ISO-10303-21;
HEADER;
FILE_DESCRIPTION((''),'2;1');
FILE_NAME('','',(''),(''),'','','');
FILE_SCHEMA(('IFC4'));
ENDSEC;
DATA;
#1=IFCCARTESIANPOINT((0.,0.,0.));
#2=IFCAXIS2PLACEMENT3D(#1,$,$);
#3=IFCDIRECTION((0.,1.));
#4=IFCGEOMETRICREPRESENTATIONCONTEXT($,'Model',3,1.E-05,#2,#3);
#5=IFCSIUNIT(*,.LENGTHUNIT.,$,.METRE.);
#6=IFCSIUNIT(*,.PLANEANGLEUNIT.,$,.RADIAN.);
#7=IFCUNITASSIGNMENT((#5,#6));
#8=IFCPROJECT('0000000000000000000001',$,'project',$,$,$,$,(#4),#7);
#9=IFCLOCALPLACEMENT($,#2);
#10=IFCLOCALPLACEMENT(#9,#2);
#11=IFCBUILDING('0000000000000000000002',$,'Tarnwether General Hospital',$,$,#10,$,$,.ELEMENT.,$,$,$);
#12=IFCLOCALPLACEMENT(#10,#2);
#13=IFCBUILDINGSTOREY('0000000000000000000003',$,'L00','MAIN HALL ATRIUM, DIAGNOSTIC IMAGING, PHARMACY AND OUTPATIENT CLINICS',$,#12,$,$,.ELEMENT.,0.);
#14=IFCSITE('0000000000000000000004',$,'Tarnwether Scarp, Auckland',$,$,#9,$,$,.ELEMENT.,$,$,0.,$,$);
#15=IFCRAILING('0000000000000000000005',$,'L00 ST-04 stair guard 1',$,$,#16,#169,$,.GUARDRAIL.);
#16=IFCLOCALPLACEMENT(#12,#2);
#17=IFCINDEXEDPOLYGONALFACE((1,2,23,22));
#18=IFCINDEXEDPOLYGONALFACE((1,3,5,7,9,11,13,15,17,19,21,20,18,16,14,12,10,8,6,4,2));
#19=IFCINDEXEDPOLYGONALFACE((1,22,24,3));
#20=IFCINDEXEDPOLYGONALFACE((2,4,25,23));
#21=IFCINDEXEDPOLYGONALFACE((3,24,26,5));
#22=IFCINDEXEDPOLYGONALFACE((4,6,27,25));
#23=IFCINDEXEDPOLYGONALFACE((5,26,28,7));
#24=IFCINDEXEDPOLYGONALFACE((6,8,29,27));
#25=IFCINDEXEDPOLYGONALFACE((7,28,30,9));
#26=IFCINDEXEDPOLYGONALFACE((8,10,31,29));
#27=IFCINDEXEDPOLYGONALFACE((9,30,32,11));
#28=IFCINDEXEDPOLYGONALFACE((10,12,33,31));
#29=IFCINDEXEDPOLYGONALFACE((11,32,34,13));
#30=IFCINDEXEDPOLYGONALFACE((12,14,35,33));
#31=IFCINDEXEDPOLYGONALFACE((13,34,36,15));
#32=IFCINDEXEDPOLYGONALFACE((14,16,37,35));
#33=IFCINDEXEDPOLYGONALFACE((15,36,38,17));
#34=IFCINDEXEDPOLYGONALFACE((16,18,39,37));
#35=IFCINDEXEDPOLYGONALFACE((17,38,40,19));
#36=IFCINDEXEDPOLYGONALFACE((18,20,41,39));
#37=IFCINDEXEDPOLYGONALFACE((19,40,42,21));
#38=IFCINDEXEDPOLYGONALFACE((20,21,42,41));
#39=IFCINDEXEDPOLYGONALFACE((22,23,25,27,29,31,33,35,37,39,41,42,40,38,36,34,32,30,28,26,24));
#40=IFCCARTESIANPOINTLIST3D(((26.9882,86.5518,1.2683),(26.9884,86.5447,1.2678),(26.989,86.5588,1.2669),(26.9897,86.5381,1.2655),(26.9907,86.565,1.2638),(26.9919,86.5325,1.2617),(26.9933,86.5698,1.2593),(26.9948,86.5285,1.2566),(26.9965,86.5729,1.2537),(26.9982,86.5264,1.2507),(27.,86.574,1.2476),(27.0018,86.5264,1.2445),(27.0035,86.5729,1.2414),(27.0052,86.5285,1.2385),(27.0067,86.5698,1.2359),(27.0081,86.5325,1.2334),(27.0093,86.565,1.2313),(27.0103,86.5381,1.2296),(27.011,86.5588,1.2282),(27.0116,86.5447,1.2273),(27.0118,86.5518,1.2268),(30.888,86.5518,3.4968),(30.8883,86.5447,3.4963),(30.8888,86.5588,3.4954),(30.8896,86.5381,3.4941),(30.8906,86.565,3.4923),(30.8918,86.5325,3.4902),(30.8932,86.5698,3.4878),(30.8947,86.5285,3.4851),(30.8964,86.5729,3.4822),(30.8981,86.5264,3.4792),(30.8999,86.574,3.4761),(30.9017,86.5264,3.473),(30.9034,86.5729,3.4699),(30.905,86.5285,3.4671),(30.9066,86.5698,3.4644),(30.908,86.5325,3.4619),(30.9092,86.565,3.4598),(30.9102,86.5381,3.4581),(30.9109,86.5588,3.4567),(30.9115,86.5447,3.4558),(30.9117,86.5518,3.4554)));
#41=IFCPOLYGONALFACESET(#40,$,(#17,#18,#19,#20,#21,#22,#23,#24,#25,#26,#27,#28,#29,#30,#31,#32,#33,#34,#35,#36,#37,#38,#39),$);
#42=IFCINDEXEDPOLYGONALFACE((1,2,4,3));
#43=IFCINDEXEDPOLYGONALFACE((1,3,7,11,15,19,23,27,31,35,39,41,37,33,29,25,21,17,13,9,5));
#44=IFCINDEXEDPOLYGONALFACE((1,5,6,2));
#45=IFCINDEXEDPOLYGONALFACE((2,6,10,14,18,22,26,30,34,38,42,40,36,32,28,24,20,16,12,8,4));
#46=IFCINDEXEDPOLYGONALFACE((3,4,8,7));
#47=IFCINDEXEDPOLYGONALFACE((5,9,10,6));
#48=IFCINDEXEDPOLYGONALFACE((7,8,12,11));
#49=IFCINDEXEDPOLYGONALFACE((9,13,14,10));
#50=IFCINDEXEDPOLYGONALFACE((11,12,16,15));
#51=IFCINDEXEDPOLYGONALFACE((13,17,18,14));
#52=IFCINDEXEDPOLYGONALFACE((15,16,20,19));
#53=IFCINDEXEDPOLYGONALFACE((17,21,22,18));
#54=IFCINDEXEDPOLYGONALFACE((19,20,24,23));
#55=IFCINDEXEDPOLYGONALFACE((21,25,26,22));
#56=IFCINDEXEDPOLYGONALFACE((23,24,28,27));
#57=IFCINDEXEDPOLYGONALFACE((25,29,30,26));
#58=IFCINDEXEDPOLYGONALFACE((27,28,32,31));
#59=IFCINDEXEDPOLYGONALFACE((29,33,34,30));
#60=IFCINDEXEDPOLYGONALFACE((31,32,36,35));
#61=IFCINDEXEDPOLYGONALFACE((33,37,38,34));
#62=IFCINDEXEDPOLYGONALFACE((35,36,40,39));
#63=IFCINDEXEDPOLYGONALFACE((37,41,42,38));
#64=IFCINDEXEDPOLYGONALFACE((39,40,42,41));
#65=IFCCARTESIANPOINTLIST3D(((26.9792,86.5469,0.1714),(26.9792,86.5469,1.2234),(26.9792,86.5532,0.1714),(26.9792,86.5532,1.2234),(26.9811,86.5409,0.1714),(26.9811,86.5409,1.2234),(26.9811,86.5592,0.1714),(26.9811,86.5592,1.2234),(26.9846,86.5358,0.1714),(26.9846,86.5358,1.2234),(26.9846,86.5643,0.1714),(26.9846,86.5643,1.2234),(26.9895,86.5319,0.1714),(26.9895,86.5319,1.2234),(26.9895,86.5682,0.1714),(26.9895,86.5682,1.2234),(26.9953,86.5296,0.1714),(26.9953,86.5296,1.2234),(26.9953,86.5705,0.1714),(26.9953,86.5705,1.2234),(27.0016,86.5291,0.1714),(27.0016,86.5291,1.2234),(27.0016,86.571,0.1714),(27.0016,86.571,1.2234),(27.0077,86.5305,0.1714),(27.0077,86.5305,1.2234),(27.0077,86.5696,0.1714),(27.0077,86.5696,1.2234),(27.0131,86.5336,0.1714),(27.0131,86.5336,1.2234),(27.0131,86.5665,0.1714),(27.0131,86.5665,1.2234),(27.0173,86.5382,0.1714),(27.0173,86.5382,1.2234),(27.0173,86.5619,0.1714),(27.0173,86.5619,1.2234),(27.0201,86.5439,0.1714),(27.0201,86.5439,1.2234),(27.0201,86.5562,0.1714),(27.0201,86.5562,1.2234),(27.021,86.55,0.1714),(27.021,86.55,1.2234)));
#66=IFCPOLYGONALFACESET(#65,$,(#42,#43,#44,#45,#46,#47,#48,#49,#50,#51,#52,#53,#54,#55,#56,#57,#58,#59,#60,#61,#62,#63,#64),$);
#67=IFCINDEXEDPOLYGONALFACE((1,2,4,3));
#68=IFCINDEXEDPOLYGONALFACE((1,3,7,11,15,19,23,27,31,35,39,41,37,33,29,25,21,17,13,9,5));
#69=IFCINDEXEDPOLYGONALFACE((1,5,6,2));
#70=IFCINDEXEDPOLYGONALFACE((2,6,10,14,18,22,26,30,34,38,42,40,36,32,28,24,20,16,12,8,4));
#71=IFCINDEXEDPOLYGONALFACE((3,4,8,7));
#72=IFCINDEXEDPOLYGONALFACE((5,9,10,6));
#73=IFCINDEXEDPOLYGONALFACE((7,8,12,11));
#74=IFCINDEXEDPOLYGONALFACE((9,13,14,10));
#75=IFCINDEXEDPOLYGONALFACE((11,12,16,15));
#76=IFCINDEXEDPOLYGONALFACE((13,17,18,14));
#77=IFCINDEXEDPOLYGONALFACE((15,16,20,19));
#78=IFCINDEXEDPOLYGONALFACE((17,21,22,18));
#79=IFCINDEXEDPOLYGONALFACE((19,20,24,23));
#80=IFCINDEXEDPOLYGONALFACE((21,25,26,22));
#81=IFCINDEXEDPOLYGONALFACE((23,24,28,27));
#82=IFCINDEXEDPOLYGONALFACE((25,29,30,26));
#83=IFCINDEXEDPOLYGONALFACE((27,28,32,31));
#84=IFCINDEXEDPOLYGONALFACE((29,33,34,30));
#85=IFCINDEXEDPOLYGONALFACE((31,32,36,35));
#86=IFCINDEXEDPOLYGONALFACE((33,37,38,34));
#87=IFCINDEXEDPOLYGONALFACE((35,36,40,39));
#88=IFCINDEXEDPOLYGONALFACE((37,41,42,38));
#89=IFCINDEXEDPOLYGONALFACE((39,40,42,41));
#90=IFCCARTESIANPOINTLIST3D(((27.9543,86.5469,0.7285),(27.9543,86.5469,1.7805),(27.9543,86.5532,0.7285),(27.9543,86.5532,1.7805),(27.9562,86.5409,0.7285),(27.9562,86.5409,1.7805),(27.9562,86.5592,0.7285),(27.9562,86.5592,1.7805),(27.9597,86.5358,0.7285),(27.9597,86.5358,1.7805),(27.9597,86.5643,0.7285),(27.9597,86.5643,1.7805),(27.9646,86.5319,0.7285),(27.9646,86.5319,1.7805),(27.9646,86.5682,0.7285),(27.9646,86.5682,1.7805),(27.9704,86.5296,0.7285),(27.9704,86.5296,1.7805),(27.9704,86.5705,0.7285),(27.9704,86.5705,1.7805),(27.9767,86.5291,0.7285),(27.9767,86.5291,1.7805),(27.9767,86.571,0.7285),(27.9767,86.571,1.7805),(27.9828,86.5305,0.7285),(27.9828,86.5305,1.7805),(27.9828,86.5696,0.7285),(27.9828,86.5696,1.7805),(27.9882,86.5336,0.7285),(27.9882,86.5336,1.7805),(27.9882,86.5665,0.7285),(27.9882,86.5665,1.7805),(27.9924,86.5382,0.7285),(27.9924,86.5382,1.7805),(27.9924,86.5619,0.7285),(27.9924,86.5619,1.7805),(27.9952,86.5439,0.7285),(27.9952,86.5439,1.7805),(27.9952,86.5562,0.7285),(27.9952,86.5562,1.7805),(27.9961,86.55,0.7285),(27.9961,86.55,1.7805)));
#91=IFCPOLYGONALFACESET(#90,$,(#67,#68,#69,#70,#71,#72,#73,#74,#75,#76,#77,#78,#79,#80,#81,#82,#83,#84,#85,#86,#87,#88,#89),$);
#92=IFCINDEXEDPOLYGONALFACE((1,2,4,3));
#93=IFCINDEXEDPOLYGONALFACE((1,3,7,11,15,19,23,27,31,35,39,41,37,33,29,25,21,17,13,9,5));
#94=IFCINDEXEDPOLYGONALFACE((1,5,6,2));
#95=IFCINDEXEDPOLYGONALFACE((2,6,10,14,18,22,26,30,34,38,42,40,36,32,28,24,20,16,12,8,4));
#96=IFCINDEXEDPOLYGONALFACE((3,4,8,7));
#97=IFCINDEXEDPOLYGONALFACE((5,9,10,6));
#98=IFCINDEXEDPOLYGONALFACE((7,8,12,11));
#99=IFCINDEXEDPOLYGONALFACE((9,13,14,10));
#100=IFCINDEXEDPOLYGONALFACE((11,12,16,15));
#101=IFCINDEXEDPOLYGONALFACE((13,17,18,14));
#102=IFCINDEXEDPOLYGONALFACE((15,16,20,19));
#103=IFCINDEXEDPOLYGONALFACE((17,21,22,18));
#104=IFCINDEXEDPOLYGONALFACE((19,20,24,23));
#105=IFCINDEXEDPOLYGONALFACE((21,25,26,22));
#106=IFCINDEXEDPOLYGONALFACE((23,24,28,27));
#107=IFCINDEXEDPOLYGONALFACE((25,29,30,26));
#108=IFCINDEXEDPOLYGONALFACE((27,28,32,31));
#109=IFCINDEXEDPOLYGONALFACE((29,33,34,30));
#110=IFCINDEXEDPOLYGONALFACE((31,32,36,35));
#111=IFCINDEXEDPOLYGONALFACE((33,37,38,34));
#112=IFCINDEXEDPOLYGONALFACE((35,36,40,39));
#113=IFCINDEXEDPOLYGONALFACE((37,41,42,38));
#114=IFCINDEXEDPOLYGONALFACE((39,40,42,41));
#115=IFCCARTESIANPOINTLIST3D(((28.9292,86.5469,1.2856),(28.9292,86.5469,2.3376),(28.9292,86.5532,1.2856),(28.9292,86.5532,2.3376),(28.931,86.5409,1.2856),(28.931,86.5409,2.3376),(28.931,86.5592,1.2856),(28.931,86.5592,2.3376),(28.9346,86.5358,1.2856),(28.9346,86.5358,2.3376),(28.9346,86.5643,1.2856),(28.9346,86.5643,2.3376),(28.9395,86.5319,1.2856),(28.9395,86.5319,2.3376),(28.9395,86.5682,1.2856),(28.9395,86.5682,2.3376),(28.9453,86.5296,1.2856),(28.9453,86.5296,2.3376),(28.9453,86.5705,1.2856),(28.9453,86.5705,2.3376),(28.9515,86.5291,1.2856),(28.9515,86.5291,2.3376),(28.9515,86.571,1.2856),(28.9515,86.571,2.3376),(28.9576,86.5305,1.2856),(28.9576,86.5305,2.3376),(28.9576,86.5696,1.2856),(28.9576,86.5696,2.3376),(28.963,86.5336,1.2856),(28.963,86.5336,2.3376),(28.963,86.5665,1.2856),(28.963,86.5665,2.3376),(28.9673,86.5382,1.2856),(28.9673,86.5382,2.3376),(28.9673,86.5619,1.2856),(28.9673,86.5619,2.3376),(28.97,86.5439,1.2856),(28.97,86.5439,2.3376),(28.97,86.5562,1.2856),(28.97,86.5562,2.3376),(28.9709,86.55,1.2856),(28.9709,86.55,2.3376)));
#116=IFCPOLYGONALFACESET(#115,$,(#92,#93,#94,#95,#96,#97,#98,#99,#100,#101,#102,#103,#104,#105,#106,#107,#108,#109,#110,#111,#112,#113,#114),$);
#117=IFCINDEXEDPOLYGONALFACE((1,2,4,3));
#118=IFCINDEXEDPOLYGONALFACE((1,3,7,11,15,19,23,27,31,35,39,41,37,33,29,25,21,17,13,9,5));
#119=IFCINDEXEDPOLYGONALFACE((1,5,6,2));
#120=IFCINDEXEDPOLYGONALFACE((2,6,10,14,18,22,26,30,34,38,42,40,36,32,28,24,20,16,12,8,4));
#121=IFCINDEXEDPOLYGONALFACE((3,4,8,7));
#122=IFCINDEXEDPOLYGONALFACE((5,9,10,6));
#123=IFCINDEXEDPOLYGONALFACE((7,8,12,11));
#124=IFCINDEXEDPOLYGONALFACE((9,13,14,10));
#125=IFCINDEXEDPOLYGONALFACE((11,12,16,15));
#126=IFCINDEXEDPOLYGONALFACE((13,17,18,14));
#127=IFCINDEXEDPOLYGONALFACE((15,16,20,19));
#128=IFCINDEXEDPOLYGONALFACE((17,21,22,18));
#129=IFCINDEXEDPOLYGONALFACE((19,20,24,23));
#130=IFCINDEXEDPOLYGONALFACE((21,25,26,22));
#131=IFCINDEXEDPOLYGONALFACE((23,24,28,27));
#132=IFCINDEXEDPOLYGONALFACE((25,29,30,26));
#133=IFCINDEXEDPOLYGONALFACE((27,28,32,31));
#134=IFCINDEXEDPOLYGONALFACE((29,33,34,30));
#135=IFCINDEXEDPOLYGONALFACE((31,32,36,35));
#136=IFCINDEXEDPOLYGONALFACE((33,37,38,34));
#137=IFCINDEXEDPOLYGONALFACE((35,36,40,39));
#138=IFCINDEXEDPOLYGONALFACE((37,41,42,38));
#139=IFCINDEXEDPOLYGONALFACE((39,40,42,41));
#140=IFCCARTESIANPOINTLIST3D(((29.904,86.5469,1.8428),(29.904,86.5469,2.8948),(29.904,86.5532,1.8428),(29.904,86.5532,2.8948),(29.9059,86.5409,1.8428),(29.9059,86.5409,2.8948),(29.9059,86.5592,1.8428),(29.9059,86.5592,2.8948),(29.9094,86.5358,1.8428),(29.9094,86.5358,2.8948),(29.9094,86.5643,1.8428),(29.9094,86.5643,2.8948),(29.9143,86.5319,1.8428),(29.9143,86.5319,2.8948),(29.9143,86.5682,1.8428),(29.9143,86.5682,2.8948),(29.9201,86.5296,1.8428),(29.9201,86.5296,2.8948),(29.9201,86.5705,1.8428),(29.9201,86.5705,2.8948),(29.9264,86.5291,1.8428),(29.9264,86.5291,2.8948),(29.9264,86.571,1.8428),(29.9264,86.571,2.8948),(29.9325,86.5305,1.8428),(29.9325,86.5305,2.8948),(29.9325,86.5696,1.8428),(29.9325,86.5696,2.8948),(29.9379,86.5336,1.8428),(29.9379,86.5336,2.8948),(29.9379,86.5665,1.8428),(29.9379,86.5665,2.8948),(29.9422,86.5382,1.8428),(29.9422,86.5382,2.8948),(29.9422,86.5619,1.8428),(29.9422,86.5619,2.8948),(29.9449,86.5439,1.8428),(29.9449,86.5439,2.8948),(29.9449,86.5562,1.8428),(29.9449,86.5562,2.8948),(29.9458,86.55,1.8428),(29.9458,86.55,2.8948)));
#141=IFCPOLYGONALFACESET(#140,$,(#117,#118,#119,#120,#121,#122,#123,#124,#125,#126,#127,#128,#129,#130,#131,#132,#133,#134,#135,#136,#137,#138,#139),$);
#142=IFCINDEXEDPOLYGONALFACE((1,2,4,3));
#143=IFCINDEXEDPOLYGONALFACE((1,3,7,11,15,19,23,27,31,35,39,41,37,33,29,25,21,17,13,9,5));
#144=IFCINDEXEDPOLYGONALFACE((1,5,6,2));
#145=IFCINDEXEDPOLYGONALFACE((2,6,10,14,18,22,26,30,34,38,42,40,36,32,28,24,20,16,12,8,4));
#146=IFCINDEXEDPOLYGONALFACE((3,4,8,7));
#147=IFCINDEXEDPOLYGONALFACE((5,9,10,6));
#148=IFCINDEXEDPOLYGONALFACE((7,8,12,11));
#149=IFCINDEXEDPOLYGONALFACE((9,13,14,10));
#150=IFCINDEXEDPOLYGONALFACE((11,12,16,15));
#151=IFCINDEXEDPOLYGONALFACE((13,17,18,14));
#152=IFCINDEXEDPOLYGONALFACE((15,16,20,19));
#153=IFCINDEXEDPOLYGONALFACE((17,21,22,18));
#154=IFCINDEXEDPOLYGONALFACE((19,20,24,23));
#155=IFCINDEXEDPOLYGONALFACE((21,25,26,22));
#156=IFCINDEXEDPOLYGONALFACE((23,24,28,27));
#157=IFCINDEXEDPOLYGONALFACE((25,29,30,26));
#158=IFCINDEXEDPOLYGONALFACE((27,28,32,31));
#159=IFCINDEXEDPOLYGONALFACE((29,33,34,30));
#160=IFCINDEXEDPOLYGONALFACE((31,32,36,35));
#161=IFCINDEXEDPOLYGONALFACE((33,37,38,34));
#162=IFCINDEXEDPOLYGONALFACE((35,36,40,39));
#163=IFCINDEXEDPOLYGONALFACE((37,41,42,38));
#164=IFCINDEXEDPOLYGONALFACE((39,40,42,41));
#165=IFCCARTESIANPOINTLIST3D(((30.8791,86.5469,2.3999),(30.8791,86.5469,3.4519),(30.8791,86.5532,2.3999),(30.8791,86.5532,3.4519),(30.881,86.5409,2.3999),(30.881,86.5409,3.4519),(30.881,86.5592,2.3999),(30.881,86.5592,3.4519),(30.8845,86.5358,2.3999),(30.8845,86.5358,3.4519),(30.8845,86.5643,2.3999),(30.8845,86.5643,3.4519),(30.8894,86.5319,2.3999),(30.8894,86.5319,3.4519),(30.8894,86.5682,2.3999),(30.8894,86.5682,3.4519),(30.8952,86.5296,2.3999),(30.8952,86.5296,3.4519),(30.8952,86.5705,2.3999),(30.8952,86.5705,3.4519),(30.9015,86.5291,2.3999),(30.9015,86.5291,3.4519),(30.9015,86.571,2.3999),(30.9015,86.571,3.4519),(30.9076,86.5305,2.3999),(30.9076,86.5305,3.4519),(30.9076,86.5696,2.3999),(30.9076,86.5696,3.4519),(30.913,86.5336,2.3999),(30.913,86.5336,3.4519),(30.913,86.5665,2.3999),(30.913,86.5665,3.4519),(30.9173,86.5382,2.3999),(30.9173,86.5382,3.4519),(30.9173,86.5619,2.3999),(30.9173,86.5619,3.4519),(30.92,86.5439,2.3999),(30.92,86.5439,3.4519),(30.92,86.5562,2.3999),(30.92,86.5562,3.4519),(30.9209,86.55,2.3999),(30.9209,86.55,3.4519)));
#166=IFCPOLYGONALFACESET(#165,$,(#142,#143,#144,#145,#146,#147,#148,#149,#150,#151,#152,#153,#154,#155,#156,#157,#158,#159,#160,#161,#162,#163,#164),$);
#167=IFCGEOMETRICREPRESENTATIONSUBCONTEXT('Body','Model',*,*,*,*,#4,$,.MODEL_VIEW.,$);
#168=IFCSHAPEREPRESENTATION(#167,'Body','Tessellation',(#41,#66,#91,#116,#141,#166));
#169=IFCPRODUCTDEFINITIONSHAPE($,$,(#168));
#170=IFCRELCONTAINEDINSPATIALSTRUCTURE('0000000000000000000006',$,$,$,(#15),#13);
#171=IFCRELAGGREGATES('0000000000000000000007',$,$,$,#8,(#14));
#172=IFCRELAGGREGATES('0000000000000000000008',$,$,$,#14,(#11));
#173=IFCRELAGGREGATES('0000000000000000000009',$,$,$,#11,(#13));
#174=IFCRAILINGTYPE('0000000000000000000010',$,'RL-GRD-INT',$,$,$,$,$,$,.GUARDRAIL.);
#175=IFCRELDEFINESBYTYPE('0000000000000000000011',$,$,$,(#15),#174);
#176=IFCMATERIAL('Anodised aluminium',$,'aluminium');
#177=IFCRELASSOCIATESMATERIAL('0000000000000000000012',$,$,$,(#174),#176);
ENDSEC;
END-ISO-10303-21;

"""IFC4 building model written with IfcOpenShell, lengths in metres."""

from ifc_helpers import new_model, si_unit, direction, frame, origin, origin_2d, place, context, subcontext, project, spatial, circle, extrude, material, type_object, element, save


model = new_model("IFC4")

# Units and contexts
model_context = context("Model", 3, precision=1e-05, world=origin(), true_north=direction((0.0, 1.0)))
body_context = subcontext(model_context, "Body", "Model", "MODEL_VIEW")
ifc_project = project(units=[si_unit("LENGTHUNIT", "METRE"), si_unit("PLANEANGLEUNIT", "RADIAN")], contexts=[model_context])

# Site, building, storey
site_placement = place(None, origin())
site = spatial("IfcSite", under=ifc_project, at=site_placement, Name="Tarnwether Scarp, Auckland", CompositionType="ELEMENT", RefElevation=0.0)
building_placement = place(site_placement, origin())
building = spatial("IfcBuilding", under=site, at=building_placement, Name="Tarnwether General Hospital", CompositionType="ELEMENT")
storey_placement = place(building_placement, origin())
storey = spatial("IfcBuildingStorey", under=building, at=storey_placement, Name="L00", Description="MAIN HALL ATRIUM, DIAGNOSTIC IMAGING, PHARMACY AND OUTPATIENT CLINICS", CompositionType="ELEMENT", Elevation=0.0)

# Railing
ifc_material_1 = material(Name="Anodised aluminium", Category="aluminium")
railing_type_1 = type_object("IfcRailingType", Name="RL-GRD-INT", PredefinedType="GUARDRAIL", material=ifc_material_1)
railing_1_placement = place(storey_placement, frame((27.0, 86.55, 0.1714)))
element("IfcRailing", 1, at=railing_1_placement, inside=storey, type_object=railing_type_1, Name="L00 ST-04 stair guard 1", PredefinedType="GUARDRAIL", context=body_context, shape_type="SweptSolid", body=[
    extrude(circle(Radius=0.0239, at=origin_2d()), frame((0.0, 0.0, 1.0762), z_axis=(0.868243, 0.0, 0.496139), x_axis=(0.0, 1.0, 0.0)), (0.0, 0.0, 1.0), 4.4917),
    extrude(circle(Radius=0.021, at=origin_2d()), origin(), (0.0, 0.0, 1.0), 1.052),
    extrude(circle(Radius=0.021, at=origin_2d()), frame((0.9751, 0.0, 0.5571)), (0.0, 0.0, 1.0), 1.052),
    extrude(circle(Radius=0.021, at=origin_2d()), frame((1.95, 0.0, 1.1143)), (0.0, 0.0, 1.0), 1.052),
    extrude(circle(Radius=0.021, at=origin_2d()), frame((2.9248, 0.0, 1.6714)), (0.0, 0.0, 1.0), 1.052),
    extrude(circle(Radius=0.021, at=origin_2d()), frame((3.8999, 0.0, 2.2285)), (0.0, 0.0, 1.0), 1.052),
])

save(model, "model.ifc")
